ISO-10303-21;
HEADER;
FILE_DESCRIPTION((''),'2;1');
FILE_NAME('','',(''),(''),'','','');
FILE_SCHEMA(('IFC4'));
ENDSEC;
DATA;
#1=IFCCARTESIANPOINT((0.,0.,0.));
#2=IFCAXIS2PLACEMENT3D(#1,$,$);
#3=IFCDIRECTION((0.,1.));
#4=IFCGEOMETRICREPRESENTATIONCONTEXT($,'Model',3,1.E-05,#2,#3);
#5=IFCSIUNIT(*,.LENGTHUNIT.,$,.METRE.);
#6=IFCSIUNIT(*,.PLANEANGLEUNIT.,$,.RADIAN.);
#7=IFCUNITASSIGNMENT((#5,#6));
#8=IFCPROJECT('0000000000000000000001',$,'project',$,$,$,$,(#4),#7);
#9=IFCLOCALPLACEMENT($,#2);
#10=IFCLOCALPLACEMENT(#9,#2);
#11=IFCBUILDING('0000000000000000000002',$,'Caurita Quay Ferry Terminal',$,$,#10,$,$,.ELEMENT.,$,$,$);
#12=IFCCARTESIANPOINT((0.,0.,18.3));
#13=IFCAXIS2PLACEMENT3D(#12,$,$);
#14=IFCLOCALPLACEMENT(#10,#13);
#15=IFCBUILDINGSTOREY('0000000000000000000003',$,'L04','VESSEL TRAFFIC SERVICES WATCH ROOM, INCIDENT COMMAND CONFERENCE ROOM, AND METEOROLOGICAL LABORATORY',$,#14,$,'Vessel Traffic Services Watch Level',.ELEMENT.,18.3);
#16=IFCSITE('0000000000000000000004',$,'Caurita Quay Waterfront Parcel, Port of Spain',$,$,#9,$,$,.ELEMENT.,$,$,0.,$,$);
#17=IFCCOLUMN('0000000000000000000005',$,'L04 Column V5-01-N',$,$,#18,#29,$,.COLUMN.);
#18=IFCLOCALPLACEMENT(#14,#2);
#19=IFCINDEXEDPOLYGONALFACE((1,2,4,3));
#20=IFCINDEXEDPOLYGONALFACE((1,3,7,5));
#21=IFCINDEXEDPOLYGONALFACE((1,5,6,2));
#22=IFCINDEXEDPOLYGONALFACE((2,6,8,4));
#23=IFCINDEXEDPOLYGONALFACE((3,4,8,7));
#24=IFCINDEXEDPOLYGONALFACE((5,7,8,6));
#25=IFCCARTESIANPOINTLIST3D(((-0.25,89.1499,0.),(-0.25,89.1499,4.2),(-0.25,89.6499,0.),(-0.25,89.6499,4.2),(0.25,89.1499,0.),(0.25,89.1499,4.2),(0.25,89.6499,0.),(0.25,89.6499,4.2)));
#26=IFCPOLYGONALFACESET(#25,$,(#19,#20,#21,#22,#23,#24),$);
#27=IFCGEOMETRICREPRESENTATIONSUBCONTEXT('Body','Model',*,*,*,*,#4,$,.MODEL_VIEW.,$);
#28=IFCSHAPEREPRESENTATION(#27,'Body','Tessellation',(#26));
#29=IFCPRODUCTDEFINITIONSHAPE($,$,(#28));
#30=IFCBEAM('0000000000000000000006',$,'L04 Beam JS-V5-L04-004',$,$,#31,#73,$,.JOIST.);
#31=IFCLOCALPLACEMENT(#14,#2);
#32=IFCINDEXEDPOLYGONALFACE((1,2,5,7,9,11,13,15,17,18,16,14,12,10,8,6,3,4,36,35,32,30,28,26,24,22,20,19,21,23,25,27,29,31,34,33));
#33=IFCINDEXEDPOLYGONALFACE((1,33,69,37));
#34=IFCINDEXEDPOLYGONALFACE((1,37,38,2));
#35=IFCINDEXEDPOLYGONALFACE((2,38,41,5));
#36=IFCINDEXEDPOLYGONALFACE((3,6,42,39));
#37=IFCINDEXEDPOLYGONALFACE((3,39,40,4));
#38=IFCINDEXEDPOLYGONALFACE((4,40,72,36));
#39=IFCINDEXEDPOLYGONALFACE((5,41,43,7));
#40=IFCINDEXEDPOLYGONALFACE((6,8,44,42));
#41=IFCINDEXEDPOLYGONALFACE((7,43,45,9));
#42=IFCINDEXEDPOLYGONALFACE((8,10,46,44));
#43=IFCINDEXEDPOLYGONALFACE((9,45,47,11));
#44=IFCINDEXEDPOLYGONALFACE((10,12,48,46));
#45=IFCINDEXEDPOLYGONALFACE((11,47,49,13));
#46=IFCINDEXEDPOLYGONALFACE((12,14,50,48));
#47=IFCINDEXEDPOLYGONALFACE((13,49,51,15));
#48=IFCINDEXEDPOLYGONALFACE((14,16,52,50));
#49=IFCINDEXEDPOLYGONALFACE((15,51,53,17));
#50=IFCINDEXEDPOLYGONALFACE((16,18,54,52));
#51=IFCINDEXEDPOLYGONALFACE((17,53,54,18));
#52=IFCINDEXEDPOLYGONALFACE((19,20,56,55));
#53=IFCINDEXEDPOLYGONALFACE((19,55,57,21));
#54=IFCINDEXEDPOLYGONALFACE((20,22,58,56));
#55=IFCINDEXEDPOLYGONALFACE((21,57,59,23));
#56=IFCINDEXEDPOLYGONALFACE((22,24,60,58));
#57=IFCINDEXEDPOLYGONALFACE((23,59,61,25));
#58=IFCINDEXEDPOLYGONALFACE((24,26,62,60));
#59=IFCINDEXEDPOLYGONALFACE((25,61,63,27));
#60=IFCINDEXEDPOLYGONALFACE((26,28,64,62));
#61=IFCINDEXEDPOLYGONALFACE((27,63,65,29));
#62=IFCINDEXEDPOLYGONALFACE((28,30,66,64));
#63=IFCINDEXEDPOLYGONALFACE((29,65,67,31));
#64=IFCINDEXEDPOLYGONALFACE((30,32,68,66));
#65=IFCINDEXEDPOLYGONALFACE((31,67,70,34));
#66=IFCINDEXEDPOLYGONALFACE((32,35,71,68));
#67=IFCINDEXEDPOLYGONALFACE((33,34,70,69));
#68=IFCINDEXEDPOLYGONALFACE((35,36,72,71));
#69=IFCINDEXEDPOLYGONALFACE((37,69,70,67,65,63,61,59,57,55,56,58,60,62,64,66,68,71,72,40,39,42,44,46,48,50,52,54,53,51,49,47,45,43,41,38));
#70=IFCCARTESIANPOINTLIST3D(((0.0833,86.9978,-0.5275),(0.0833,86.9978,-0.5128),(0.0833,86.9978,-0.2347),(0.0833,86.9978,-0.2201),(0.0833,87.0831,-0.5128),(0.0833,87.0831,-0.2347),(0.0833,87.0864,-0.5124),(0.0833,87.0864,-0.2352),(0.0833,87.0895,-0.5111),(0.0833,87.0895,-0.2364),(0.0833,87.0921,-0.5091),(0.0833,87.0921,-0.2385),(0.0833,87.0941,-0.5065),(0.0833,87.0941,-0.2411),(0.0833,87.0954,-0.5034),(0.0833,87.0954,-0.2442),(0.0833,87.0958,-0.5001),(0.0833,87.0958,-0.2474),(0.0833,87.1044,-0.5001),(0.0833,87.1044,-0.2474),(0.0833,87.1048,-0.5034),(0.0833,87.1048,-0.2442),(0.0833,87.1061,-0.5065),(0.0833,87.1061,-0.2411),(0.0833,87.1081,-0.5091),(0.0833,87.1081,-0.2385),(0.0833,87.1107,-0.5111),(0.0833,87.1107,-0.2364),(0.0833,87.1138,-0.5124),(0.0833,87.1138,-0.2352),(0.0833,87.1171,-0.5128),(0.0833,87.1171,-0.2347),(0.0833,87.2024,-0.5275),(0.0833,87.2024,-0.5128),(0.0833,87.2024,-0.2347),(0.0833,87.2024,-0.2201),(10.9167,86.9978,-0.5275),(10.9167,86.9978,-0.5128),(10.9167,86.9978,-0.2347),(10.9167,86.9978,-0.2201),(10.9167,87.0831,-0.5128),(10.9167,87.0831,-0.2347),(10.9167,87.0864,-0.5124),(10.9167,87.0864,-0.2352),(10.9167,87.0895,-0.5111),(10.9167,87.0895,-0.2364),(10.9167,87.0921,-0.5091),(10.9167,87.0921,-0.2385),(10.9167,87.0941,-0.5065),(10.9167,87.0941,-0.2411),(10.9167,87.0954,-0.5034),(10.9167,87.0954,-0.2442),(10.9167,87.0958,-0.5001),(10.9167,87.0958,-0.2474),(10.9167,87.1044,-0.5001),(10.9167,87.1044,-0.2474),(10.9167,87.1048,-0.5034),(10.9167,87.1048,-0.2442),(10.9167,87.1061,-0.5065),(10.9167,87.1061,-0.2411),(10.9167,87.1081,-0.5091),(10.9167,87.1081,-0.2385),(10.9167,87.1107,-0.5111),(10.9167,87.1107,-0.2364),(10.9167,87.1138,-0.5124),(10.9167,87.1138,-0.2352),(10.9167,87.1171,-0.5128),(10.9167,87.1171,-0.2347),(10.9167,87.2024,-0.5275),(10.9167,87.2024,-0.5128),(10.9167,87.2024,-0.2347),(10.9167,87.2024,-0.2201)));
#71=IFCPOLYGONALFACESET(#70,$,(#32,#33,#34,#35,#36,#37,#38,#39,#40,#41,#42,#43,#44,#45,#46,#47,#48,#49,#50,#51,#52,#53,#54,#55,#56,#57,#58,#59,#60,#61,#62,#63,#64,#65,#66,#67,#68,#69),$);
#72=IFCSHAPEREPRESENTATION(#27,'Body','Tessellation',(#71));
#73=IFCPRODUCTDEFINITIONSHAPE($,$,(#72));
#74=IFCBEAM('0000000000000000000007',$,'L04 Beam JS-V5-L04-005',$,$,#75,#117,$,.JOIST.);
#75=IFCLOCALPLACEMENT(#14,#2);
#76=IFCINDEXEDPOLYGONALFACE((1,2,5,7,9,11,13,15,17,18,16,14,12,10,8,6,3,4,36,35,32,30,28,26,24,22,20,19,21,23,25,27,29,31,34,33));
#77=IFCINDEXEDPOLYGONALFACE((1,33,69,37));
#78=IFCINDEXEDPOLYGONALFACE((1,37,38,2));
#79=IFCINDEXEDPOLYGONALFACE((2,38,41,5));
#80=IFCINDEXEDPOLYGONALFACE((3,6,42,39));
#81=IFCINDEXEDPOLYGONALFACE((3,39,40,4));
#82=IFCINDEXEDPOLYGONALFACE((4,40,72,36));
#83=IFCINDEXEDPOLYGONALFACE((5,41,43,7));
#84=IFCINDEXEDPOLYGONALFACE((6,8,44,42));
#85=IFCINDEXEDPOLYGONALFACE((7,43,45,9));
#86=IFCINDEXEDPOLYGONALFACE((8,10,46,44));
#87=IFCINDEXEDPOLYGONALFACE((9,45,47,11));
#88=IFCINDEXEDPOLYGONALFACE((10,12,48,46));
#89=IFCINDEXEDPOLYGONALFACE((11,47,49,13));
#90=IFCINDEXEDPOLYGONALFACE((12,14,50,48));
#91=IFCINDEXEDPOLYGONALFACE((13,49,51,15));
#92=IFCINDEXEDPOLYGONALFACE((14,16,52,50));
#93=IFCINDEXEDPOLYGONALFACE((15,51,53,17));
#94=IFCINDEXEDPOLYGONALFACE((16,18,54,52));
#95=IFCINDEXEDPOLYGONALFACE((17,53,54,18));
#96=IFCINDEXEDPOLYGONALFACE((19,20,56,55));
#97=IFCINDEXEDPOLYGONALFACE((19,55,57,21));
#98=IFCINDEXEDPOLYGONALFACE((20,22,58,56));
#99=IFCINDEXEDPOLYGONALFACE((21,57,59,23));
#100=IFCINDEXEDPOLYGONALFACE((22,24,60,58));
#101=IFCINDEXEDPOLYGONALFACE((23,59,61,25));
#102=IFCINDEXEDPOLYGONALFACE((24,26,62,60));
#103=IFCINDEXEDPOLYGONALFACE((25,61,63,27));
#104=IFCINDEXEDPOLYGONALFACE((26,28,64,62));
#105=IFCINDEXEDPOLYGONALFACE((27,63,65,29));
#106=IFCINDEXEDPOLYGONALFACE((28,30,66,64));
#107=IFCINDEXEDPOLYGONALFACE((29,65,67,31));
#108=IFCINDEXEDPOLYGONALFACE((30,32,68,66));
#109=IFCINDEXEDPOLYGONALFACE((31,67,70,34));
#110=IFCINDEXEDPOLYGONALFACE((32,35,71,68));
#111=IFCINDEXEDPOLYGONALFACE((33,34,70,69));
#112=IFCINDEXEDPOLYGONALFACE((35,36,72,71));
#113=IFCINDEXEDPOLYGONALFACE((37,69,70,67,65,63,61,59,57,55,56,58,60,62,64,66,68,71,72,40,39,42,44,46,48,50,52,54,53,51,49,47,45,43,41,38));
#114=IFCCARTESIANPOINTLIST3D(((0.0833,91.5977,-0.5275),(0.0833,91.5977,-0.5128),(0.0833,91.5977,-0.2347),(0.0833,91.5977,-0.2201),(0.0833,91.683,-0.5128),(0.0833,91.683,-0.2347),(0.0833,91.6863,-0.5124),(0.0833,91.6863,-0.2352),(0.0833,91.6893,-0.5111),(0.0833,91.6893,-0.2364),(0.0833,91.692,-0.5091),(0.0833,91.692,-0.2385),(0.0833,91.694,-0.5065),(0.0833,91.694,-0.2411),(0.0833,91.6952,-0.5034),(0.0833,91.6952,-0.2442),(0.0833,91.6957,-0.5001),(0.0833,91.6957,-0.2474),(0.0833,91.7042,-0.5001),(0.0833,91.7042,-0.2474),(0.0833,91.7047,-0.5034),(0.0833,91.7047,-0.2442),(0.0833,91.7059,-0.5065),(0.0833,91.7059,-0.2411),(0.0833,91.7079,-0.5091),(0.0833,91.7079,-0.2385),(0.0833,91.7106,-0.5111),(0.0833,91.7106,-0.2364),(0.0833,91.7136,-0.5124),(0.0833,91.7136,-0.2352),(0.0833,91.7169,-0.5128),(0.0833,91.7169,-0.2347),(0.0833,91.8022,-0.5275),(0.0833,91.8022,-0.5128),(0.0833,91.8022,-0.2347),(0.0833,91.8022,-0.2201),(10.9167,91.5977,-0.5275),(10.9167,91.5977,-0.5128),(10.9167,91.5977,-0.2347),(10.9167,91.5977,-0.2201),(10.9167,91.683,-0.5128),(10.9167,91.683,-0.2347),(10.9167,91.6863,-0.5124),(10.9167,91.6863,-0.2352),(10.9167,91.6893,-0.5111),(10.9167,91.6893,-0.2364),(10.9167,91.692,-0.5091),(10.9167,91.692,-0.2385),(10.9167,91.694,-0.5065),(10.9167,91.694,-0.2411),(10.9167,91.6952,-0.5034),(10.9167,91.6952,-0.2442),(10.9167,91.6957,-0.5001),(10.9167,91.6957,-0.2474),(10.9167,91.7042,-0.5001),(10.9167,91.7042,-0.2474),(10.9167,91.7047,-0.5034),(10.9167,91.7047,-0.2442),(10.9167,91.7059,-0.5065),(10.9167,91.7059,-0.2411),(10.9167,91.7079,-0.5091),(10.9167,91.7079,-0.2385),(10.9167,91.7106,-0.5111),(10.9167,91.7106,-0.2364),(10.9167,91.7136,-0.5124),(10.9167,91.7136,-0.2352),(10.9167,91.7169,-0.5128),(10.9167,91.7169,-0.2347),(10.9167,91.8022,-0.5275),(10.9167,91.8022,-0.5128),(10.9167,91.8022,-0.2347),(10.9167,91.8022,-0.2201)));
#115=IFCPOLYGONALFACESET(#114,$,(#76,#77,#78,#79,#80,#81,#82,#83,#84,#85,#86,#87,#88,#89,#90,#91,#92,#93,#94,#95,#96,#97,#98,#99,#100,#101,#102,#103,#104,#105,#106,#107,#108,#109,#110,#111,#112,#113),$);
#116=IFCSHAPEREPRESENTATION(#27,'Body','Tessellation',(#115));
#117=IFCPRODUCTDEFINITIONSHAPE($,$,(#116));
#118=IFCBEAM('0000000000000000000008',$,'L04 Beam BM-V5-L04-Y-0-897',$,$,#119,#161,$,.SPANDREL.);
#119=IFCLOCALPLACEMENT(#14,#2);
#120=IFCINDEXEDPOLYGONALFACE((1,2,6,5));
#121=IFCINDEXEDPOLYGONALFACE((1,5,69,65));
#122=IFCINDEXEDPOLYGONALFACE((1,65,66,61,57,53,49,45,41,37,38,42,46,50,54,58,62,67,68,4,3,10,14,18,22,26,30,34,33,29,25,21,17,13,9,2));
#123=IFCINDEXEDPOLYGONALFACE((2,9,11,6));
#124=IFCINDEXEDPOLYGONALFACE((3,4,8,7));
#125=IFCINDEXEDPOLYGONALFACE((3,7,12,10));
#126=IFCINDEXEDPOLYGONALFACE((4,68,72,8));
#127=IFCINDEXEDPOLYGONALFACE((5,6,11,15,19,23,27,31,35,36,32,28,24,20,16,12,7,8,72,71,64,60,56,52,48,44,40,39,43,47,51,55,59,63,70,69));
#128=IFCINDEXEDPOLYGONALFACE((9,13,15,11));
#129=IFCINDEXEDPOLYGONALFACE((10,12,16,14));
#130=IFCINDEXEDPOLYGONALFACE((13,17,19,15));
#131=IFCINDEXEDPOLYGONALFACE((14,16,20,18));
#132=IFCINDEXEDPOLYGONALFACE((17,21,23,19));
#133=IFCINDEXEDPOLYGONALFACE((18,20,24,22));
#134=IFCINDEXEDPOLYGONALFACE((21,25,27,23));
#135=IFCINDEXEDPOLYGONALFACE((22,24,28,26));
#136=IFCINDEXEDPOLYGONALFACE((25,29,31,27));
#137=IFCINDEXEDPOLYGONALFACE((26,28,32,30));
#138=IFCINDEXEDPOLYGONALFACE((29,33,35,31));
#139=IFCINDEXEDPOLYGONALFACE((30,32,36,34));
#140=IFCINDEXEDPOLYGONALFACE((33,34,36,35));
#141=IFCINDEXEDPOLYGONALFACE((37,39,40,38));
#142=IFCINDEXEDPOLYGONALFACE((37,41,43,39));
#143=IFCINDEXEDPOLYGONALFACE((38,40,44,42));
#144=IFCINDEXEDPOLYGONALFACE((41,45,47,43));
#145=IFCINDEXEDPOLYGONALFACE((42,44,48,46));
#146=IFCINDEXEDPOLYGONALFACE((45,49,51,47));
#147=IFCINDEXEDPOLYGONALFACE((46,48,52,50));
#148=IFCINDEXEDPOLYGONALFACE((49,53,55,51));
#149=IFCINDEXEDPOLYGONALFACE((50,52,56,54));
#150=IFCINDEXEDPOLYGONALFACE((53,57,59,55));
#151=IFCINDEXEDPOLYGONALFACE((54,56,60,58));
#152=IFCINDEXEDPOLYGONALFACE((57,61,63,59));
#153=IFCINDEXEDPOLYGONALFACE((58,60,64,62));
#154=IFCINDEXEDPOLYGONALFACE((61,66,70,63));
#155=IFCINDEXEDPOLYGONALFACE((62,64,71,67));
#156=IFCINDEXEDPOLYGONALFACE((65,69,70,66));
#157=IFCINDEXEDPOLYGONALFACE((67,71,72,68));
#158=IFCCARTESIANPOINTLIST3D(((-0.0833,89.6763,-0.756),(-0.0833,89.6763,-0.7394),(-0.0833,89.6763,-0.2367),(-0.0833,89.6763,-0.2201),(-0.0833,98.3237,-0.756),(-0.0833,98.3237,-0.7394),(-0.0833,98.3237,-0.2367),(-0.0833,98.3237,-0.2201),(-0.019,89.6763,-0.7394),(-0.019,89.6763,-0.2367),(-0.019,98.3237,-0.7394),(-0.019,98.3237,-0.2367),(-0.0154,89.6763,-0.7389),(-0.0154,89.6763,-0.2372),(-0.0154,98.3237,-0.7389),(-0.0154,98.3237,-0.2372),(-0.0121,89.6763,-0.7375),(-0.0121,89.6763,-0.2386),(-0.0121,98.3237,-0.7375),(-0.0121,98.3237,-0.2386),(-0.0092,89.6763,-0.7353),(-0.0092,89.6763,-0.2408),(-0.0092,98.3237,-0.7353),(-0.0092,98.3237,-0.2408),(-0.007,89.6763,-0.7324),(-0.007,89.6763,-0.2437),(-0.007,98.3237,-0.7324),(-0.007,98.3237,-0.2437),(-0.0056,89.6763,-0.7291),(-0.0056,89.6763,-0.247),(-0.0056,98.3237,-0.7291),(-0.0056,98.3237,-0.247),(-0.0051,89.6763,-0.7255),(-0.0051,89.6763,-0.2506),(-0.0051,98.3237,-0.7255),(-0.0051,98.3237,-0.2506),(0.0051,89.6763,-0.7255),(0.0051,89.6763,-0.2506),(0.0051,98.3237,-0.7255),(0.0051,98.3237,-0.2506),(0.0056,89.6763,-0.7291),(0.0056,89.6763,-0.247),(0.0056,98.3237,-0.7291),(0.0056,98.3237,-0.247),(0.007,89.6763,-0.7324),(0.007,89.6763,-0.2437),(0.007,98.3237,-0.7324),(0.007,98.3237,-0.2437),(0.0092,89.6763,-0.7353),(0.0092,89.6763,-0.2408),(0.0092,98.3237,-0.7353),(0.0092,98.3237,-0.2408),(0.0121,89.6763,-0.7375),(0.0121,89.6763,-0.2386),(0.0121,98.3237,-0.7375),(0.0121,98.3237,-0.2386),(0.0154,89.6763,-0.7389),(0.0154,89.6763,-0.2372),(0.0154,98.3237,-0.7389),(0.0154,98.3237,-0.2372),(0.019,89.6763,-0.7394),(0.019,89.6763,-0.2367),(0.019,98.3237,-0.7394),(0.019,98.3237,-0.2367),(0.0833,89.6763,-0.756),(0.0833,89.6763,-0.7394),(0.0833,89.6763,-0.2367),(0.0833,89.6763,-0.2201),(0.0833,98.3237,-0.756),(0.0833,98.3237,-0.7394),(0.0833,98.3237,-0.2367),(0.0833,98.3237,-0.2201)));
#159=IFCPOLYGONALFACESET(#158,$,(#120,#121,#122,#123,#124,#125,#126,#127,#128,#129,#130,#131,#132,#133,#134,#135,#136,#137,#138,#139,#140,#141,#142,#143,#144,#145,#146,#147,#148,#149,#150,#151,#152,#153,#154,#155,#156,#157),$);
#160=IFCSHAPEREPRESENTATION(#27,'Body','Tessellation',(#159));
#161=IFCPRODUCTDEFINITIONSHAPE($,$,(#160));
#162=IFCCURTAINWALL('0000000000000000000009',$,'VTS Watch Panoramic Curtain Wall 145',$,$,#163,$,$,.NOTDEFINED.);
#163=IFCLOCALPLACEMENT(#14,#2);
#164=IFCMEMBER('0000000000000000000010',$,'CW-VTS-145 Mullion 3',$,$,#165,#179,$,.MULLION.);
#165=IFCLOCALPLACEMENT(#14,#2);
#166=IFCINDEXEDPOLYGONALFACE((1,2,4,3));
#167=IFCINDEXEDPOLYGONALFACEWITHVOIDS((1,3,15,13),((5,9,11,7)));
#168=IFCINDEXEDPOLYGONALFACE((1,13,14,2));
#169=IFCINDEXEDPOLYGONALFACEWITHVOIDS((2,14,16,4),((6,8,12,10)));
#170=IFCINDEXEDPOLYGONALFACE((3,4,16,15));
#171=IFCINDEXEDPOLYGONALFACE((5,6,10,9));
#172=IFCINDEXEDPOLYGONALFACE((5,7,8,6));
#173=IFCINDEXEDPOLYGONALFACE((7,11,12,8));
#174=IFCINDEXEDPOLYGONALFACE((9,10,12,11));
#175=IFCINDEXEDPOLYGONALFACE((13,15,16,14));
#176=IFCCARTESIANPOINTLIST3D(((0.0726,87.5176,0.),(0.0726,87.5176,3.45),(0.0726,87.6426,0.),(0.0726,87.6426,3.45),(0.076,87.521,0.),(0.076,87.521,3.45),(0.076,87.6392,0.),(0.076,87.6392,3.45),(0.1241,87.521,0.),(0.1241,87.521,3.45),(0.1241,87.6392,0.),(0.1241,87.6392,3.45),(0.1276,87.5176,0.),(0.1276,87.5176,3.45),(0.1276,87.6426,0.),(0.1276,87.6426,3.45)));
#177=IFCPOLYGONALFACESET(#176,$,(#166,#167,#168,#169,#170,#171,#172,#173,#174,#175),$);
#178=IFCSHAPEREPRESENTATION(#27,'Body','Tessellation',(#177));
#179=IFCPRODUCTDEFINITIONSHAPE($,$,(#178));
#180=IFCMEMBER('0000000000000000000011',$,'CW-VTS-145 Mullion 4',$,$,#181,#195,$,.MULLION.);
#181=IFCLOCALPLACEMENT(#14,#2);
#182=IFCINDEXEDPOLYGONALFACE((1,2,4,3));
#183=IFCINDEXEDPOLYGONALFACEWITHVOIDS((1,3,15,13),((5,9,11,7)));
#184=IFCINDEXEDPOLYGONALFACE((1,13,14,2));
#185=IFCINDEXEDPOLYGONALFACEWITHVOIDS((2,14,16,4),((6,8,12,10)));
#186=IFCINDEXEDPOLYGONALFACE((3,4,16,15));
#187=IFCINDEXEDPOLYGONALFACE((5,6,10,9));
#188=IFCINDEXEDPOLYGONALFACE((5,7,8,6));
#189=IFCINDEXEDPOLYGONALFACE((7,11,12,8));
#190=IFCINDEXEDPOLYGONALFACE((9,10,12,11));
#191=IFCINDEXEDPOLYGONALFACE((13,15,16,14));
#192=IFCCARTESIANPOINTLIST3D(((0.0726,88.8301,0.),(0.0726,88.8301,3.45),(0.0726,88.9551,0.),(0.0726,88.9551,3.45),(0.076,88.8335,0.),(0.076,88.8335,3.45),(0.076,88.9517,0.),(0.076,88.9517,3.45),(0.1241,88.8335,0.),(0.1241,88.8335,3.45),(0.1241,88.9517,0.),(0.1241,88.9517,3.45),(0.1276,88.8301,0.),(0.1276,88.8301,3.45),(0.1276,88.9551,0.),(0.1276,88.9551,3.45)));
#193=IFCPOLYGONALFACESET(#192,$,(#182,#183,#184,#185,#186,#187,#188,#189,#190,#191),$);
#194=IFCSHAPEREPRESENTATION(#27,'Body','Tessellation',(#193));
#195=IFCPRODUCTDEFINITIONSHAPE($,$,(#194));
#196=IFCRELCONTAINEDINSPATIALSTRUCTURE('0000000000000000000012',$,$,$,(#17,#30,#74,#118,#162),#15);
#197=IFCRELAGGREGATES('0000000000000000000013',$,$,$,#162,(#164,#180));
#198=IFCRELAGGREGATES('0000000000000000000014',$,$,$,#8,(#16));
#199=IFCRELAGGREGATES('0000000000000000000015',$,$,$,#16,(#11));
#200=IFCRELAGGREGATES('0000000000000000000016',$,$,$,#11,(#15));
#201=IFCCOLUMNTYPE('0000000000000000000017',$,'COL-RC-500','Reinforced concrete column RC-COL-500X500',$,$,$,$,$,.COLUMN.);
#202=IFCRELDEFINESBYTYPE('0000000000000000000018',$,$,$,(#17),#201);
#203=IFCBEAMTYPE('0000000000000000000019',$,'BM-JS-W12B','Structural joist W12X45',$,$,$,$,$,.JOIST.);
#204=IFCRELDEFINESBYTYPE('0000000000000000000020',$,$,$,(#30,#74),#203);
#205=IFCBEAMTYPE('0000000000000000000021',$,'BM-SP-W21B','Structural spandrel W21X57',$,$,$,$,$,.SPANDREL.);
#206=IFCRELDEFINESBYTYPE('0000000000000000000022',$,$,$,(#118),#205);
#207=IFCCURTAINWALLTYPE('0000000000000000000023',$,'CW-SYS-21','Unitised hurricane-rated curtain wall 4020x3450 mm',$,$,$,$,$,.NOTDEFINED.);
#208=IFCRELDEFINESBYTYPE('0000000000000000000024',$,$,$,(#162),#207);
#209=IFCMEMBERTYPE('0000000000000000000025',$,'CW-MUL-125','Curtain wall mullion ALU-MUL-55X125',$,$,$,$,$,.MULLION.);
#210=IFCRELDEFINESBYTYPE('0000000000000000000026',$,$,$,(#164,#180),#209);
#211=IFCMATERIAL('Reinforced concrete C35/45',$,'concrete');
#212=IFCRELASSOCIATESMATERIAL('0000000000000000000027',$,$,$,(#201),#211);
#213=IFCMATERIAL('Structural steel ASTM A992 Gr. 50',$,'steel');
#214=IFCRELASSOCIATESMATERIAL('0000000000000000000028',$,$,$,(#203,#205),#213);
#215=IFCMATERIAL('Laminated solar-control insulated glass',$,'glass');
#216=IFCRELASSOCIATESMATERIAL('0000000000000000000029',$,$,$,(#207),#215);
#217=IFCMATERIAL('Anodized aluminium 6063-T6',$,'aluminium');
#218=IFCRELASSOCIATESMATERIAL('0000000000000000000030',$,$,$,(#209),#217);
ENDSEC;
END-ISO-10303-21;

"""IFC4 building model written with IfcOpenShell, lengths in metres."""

from ifc_helpers import new_model, si_unit, direction, frame, origin, origin_2d, place, context, subcontext, project, spatial, rectangle, hollow_rectangle, i_section, extrude, material, material_profile, profile_set, type_object, element, aggregate, save


model = new_model("IFC4")

# Units and contexts
model_context = context("Model", 3, precision=1e-05, world=origin(), true_north=direction((0.0, 1.0)))
body_context = subcontext(model_context, "Body", "Model", "MODEL_VIEW")
ifc_project = project(units=[si_unit("LENGTHUNIT", "METRE"), si_unit("PLANEANGLEUNIT", "RADIAN")], contexts=[model_context])

# Site, building, storey
site_placement = place(None, origin())
site = spatial("IfcSite", under=ifc_project, at=site_placement, Name="Caurita Quay Waterfront Parcel, Port of Spain", CompositionType="ELEMENT", RefElevation=0.0)
building_placement = place(site_placement, origin())
building = spatial("IfcBuilding", under=site, at=building_placement, Name="Caurita Quay Ferry Terminal", CompositionType="ELEMENT")
storey_placement = place(building_placement, frame((0.0, 0.0, 18.3)))
storey = spatial("IfcBuildingStorey", under=building, at=storey_placement, Name="L04", Description="VESSEL TRAFFIC SERVICES WATCH ROOM, INCIDENT COMMAND CONFERENCE ROOM, AND METEOROLOGICAL LABORATORY", LongName="Vessel Traffic Services Watch Level", CompositionType="ELEMENT", Elevation=18.3)

# Column
ifc_material_1 = material(Name="Reinforced concrete C35/45", Category="concrete")
ifc_material_profile_1 = material_profile(ifc_material_1, rectangle(XDim=0.5, YDim=0.5, at=origin_2d()), Name="RC-COL-500X500")
ifc_profile_set_1 = profile_set([ifc_material_profile_1], Name="Reinforced concrete C35/45")
column_type = type_object("IfcColumnType", Name="COL-RC-500", Description="Reinforced concrete column RC-COL-500X500", PredefinedType="COLUMN", material=ifc_profile_set_1)
column_placement = place(storey_placement, frame((0.0, 89.3999, 0.0), z_axis=(0.0, 0.0, 1.0), x_axis=(1.0, 0.0, 0.0)))
element("IfcColumn", 1, at=column_placement, inside=storey, type_object=column_type, Name="L04 Column V5-01-N", PredefinedType="COLUMN", context=body_context, shape_type="SweptSolid", body=[
    extrude(rectangle(XDim=0.5, YDim=0.5, at=origin_2d()), origin(), (0.0, 0.0, 1.0), 4.2),
])

# Beams
ifc_material_2 = material(Name="Structural steel ASTM A992 Gr. 50", Category="steel")
ifc_material_profile_2 = material_profile(ifc_material_2, i_section(OverallWidth=0.2046, OverallDepth=0.3074, WebThickness=0.0085, FlangeThickness=0.0146, FilletRadius=0.0127, at=origin_2d()), Name="W12X45")
ifc_profile_set_2 = profile_set([ifc_material_profile_2], Name="Structural steel ASTM A992 Gr. 50")
beam_type_1 = type_object("IfcBeamType", Name="BM-JS-W12B", Description="Structural joist W12X45", PredefinedType="JOIST", material=ifc_profile_set_2)
for number, where, z_axis, x_axis, name in (
    (2, (0.0833, 87.1001, -0.3738), (1.0, 0.0, 0.0), (0.0, 1.0, 0.0), "L04 Beam JS-V5-L04-004"),
    (3, (0.0833, 91.7, -0.3738), (1.0, 0.0, 0.0), (0.0, 1.0, 0.0), "L04 Beam JS-V5-L04-005"),
):
    element("IfcBeam", number, at=place(storey_placement, frame(where, z_axis=z_axis, x_axis=x_axis)), inside=storey, type_object=beam_type_1, Name=name, PredefinedType="JOIST", context=body_context, shape_type="SweptSolid", body=[
        extrude(i_section(OverallWidth=0.2046, OverallDepth=0.3074, WebThickness=0.0085, FlangeThickness=0.0146, FilletRadius=0.0127, at=origin_2d()), origin(), (0.0, 0.0, 1.0), 10.8335),
    ])
ifc_material_profile_3 = material_profile(ifc_material_2, i_section(OverallWidth=0.1665, OverallDepth=0.5359, WebThickness=0.0103, FlangeThickness=0.0166, FilletRadius=0.0139, at=origin_2d()), Name="W21X57")
ifc_profile_set_3 = profile_set([ifc_material_profile_3], Name="Structural steel ASTM A992 Gr. 50")
beam_type_2 = type_object("IfcBeamType", Name="BM-SP-W21B", Description="Structural spandrel W21X57", PredefinedType="SPANDREL", material=ifc_profile_set_3)
beam_placement = place(storey_placement, frame((0.0, 89.6763, -0.488), z_axis=(0.0, 1.0, 0.0), x_axis=(-1.0, 0.0, 0.0)))
element("IfcBeam", 4, at=beam_placement, inside=storey, type_object=beam_type_2, Name="L04 Beam BM-V5-L04-Y-0-897", PredefinedType="SPANDREL", context=body_context, shape_type="SweptSolid", body=[
    extrude(i_section(OverallWidth=0.1665, OverallDepth=0.5359, WebThickness=0.0103, FlangeThickness=0.0166, FilletRadius=0.0139, at=origin_2d()), origin(), (0.0, 0.0, 1.0), 8.6475),
])

# Curtain wall, members
ifc_material_3 = material(Name="Laminated solar-control insulated glass", Category="glass")
curtain_wall_type = type_object("IfcCurtainWallType", Name="CW-SYS-21", Description="Unitised hurricane-rated curtain wall 4020x3450 mm", PredefinedType="NOTDEFINED", material=ifc_material_3)
curtain_wall_1_placement = place(storey_placement, origin())
curtain_wall_1 = element("IfcCurtainWall", 5, at=curtain_wall_1_placement, inside=storey, type_object=curtain_wall_type, Name="VTS Watch Panoramic Curtain Wall 145", PredefinedType="NOTDEFINED")
ifc_material_4 = material(Name="Anodized aluminium 6063-T6", Category="aluminium")
ifc_material_profile_4 = material_profile(ifc_material_4, hollow_rectangle(XDim=0.0549, YDim=0.125, WallThickness=0.0034, at=origin_2d()), Name="ALU-MUL-55X125")
ifc_profile_set_4 = profile_set([ifc_material_profile_4], Name="Anodized aluminium 6063-T6")
member_type_1 = type_object("IfcMemberType", Name="CW-MUL-125", Description="Curtain wall mullion ALU-MUL-55X125", PredefinedType="MULLION", material=ifc_profile_set_4)
member_1_placement = place(storey_placement, frame((0.1001, 87.5801, 0.0), z_axis=(0.0, 0.0, 1.0), x_axis=(-1.0, 0.0, 0.0)))
member_1 = element("IfcMember", 6, at=member_1_placement, type_object=member_type_1, Name="CW-VTS-145 Mullion 3", PredefinedType="MULLION", context=body_context, shape_type="SweptSolid", body=[
    extrude(hollow_rectangle(XDim=0.0549, YDim=0.125, WallThickness=0.0034, at=origin_2d()), origin(), (0.0, 0.0, 1.0), 3.45),
])
member_2_placement = place(storey_placement, frame((0.1001, 88.8926, 0.0), z_axis=(0.0, 0.0, 1.0), x_axis=(-1.0, 0.0, 0.0)))
member_2 = element("IfcMember", 7, at=member_2_placement, type_object=member_type_1, Name="CW-VTS-145 Mullion 4", PredefinedType="MULLION", context=body_context, shape_type="SweptSolid", body=[
    extrude(hollow_rectangle(XDim=0.0549, YDim=0.125, WallThickness=0.0034, at=origin_2d()), origin(), (0.0, 0.0, 1.0), 3.45),
])

aggregate(curtain_wall_1, [member_1, member_2])

save(model, "model.ifc")
